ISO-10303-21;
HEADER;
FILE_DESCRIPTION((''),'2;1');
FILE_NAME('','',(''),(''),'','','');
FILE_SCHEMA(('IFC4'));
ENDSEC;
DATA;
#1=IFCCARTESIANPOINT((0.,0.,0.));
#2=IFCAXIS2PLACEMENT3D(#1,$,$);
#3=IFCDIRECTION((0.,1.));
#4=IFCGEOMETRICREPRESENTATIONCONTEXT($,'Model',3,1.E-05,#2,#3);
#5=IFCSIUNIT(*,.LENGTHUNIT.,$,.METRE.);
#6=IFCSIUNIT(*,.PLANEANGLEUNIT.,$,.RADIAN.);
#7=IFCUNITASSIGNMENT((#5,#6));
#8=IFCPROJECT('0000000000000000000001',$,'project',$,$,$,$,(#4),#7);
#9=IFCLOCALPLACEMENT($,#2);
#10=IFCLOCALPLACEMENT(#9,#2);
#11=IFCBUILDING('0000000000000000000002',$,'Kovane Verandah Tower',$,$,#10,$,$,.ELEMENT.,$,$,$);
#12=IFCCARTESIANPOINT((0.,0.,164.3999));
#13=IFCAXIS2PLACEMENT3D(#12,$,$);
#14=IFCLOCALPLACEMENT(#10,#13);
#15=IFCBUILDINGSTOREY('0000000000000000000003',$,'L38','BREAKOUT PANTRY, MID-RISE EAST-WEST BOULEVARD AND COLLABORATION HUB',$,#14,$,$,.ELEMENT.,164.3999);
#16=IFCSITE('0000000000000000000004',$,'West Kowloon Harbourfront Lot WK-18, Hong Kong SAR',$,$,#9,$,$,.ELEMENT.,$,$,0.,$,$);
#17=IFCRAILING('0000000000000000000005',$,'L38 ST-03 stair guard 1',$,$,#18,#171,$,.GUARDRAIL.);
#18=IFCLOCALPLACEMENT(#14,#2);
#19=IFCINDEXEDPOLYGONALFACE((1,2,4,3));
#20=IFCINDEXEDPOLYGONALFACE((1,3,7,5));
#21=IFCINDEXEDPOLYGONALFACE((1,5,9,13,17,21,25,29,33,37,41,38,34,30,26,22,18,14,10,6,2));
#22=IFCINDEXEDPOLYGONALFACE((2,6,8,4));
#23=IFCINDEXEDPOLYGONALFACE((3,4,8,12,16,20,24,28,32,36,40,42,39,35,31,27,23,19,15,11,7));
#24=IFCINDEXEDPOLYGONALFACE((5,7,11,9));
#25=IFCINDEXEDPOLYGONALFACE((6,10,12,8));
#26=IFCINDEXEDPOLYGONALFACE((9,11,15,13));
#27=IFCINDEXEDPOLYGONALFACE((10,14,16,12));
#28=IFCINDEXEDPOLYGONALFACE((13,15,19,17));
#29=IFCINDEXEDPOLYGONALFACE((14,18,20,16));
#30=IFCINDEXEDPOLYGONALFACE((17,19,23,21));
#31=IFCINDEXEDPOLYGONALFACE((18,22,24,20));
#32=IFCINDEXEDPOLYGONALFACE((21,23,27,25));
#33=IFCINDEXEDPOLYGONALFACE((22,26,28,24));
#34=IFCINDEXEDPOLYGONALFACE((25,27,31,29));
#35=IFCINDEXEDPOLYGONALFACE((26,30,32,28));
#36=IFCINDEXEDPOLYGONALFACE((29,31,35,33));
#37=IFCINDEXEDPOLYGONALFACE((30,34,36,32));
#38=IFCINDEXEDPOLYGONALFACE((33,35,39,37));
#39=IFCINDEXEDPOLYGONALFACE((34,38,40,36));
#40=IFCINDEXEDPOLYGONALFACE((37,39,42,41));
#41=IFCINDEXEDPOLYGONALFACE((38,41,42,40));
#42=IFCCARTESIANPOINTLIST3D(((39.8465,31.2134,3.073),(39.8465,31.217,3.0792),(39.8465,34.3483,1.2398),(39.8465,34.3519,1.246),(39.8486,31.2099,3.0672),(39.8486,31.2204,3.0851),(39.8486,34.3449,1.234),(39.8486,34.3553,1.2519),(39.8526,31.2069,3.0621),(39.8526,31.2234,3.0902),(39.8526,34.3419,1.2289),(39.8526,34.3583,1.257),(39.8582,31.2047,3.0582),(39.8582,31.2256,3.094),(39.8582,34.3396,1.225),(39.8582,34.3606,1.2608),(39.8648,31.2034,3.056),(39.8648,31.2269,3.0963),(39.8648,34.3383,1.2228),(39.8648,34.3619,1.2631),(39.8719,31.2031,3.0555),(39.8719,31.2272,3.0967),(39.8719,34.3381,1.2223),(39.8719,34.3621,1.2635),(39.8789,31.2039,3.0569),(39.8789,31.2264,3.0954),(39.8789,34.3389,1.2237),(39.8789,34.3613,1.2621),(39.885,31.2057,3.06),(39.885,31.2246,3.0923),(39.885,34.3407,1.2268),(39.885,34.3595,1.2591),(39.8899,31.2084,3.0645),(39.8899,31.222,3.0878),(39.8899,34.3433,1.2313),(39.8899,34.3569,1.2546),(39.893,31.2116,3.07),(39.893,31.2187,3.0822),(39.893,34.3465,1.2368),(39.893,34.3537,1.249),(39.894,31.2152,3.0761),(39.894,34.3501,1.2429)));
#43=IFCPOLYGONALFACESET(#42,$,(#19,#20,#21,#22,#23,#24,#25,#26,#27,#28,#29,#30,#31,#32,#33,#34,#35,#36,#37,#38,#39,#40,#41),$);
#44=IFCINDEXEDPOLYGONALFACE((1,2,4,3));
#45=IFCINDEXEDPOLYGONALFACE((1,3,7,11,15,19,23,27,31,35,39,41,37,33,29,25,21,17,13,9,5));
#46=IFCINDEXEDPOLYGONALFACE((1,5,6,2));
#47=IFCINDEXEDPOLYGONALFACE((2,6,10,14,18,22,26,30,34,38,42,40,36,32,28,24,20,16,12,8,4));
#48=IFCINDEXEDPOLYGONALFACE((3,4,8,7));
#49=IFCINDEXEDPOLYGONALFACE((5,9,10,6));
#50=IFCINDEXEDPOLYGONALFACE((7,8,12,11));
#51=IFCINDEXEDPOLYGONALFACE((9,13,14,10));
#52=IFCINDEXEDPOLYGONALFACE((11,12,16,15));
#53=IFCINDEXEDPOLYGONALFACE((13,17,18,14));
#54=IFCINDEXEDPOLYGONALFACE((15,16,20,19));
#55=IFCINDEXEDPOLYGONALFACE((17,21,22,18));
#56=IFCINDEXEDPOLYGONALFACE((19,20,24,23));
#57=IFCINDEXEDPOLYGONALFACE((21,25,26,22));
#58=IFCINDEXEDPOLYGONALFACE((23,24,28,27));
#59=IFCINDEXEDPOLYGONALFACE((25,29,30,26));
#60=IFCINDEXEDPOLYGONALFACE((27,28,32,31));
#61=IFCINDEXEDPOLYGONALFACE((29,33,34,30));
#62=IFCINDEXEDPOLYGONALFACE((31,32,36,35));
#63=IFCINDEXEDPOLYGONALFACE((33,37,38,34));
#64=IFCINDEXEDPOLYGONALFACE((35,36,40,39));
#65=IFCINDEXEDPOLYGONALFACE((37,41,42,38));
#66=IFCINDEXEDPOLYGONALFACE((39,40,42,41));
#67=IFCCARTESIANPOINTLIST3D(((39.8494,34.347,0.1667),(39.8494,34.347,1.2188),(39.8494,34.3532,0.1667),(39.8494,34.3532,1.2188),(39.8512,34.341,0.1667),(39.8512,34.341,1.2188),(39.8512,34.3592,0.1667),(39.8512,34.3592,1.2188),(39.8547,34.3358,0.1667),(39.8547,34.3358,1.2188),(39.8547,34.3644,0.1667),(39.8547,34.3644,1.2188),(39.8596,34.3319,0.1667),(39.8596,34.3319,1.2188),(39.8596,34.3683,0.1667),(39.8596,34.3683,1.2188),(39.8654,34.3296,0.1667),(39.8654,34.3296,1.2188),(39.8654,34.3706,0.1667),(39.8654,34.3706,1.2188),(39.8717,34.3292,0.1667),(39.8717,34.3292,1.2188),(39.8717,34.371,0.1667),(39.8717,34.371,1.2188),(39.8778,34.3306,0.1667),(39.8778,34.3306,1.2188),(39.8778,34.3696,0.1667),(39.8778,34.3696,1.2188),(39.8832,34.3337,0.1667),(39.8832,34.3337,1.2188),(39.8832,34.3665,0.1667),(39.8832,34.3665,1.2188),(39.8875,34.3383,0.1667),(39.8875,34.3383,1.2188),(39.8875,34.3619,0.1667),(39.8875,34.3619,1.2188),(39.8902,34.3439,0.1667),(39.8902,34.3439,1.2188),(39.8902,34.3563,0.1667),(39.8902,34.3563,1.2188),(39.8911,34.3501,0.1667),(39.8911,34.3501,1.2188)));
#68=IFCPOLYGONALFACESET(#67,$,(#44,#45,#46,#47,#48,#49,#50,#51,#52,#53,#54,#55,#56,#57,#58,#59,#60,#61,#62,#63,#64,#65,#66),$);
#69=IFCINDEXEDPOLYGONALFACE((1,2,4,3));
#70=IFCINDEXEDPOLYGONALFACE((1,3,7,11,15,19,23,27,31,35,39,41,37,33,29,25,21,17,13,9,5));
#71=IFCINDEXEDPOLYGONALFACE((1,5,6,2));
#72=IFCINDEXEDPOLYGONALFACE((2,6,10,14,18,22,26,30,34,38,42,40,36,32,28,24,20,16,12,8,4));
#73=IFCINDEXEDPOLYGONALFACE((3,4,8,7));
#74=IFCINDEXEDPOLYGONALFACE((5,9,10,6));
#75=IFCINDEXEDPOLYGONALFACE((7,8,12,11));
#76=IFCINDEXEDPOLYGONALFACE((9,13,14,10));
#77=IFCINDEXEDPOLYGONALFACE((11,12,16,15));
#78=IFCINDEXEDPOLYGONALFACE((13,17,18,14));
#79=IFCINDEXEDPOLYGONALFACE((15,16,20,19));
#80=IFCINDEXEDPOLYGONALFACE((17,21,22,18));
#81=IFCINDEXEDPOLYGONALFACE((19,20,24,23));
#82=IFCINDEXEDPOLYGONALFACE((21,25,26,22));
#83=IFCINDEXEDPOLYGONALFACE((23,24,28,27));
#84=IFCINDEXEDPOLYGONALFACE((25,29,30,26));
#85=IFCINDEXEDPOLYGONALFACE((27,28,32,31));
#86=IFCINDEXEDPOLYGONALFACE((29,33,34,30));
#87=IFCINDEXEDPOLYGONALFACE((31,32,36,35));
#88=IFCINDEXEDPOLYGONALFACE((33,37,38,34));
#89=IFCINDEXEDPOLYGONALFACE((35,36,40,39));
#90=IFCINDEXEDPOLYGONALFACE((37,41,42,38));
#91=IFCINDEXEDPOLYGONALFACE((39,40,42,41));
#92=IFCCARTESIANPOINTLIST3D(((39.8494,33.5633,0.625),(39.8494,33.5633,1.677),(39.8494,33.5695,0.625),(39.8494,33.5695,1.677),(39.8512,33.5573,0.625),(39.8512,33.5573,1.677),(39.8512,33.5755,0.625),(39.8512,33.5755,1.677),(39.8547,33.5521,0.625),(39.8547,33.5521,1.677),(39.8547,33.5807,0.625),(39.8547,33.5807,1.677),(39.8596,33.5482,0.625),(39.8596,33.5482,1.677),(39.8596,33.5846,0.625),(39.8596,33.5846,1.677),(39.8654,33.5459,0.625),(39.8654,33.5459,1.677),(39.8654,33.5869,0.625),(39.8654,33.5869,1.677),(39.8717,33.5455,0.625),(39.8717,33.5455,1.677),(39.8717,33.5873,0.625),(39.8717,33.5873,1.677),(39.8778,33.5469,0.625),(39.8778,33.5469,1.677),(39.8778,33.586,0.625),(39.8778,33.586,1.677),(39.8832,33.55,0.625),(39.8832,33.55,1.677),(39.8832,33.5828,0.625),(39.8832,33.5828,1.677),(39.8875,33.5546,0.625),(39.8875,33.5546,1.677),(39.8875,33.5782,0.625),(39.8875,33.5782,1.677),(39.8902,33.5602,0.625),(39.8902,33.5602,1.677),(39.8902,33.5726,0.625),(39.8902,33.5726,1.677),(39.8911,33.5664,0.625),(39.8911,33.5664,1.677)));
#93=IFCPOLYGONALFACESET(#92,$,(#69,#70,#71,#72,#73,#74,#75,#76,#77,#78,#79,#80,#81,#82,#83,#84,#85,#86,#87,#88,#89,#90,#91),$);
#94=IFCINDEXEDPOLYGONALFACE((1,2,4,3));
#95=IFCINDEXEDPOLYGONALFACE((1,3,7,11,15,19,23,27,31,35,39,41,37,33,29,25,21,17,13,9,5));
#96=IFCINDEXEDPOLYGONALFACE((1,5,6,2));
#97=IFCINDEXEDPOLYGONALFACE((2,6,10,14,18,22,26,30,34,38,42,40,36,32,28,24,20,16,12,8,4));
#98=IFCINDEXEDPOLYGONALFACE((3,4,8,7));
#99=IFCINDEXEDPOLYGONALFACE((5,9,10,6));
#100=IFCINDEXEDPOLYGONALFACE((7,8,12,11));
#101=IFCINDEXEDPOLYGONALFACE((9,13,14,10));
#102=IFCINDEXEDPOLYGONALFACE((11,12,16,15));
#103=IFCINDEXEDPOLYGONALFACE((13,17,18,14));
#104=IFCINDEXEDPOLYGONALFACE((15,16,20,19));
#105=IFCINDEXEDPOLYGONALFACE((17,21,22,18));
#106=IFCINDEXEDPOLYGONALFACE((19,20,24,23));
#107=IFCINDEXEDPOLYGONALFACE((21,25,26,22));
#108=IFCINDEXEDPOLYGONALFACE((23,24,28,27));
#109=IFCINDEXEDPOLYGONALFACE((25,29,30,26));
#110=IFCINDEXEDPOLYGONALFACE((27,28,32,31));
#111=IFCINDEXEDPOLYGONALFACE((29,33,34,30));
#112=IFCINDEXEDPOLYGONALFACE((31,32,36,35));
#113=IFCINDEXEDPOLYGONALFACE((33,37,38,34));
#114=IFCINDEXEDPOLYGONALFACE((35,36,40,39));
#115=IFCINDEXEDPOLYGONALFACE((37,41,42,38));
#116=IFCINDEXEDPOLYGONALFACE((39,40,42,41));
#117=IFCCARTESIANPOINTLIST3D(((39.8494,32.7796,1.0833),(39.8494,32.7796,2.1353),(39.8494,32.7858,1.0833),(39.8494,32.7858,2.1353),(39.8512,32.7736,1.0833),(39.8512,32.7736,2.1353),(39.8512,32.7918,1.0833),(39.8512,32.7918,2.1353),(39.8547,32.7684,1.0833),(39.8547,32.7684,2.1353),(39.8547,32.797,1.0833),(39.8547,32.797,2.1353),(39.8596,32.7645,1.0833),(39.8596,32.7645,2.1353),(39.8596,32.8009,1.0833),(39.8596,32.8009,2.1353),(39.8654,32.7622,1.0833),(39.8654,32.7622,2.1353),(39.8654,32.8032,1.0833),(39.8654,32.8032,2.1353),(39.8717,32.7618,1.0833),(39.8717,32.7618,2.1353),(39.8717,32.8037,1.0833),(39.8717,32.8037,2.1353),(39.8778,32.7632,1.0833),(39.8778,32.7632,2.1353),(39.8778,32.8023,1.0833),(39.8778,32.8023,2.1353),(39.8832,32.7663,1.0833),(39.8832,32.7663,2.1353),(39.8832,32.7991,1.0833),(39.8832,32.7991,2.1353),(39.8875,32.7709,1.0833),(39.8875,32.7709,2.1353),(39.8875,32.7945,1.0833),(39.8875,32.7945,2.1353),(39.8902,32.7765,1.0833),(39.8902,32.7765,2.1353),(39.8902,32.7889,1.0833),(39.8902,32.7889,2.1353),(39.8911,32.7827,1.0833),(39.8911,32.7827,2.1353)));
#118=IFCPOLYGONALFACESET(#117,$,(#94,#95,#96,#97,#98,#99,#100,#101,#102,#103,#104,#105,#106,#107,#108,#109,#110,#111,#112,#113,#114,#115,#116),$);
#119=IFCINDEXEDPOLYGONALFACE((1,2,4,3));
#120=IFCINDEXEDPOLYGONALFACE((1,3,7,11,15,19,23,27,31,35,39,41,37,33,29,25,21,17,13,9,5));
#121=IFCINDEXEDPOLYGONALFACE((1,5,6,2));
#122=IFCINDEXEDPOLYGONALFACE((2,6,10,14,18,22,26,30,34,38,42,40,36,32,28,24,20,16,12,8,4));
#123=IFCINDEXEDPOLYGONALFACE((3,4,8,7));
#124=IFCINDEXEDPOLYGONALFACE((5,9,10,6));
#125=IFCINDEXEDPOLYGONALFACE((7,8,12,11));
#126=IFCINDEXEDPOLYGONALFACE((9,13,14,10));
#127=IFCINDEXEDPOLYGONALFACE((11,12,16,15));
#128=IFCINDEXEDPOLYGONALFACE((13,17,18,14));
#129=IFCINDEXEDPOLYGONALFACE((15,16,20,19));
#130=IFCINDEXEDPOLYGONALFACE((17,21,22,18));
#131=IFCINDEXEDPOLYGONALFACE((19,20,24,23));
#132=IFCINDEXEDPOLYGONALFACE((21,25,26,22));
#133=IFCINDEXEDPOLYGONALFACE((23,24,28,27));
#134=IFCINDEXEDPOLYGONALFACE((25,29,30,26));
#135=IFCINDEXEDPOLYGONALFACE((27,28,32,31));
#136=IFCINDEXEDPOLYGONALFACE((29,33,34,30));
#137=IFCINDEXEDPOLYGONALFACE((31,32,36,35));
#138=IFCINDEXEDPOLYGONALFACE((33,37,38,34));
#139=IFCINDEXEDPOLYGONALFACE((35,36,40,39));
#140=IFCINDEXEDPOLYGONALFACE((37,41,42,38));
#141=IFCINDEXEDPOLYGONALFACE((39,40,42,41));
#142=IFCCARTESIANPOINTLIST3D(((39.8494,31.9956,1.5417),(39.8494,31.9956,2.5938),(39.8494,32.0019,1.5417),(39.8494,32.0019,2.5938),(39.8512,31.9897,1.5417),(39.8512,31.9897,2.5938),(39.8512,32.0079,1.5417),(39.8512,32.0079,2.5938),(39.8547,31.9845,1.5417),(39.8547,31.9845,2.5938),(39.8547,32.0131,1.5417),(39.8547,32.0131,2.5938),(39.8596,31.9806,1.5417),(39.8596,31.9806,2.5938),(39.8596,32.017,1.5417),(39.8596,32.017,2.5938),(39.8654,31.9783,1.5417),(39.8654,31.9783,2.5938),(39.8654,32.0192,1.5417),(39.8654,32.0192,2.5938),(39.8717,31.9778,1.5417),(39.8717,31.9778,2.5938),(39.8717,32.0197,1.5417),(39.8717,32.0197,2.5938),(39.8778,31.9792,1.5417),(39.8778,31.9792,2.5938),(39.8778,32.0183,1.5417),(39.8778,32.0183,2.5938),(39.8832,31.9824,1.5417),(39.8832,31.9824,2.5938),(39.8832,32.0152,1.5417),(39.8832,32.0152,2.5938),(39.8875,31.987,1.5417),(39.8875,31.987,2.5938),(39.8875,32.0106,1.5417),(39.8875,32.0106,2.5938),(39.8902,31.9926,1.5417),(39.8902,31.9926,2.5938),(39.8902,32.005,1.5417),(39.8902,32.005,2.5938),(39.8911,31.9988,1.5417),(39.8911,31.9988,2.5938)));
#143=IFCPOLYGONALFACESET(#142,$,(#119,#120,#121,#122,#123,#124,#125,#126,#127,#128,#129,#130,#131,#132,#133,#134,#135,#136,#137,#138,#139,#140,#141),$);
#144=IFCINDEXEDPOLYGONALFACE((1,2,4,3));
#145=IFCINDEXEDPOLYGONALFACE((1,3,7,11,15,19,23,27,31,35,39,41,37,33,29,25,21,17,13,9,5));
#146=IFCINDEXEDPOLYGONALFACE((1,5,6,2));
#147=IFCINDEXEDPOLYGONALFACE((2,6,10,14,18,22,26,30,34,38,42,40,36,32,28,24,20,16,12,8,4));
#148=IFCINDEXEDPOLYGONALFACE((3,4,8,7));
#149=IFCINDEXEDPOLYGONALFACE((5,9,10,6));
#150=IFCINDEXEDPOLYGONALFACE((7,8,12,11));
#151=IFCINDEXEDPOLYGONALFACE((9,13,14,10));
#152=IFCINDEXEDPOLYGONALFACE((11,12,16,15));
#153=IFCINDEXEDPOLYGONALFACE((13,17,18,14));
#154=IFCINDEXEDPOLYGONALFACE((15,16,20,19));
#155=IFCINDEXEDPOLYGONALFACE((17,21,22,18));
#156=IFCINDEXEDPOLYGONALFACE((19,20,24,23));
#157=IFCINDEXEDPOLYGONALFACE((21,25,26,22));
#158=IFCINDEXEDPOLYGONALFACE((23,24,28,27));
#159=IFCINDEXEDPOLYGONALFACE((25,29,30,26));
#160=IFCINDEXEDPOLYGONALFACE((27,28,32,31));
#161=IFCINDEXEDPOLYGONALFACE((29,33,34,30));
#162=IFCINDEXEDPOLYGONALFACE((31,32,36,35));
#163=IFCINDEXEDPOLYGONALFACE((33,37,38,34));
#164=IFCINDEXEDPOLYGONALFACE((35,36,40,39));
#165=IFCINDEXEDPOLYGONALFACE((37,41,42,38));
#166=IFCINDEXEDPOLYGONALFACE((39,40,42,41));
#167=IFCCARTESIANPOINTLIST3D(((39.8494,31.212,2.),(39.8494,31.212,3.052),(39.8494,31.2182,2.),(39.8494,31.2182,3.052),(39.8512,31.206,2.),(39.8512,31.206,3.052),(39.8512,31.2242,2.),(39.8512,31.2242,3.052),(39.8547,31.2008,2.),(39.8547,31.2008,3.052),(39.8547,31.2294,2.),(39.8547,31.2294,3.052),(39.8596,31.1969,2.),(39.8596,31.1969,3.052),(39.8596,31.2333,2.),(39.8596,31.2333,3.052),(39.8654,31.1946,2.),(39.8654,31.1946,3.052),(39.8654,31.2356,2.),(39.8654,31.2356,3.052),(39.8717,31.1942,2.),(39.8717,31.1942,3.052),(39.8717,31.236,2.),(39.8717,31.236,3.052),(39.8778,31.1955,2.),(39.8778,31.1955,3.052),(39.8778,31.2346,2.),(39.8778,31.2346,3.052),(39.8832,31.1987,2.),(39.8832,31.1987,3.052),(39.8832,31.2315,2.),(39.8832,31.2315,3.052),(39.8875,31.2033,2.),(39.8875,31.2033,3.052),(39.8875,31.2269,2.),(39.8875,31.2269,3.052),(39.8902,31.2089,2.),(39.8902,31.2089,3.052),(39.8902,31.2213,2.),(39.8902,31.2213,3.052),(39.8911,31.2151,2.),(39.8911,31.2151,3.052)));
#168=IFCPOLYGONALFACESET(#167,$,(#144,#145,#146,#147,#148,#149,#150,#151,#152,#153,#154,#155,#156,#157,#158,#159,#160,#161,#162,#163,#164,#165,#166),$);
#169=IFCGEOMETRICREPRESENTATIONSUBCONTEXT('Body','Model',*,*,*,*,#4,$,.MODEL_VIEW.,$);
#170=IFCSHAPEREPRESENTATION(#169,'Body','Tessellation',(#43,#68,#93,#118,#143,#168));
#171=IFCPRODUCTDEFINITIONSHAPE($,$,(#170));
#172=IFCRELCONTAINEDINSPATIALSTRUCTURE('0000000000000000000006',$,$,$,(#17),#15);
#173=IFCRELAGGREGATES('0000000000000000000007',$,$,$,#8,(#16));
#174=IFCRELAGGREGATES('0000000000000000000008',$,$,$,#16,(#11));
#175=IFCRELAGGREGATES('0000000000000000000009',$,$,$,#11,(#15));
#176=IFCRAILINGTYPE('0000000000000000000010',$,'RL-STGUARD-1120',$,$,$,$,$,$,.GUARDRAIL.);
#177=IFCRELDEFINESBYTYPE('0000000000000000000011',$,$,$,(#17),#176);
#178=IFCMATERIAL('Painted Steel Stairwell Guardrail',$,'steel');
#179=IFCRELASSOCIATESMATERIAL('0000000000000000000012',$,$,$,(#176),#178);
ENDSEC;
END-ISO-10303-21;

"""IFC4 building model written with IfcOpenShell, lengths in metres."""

from ifc_helpers import new_model, si_unit, direction, frame, origin, origin_2d, place, context, subcontext, project, spatial, circle, extrude, material, type_object, element, save


model = new_model("IFC4")

# Units and contexts
model_context = context("Model", 3, precision=1e-05, world=origin(), true_north=direction((0.0, 1.0)))
body_context = subcontext(model_context, "Body", "Model", "MODEL_VIEW")
ifc_project = project(units=[si_unit("LENGTHUNIT", "METRE"), si_unit("PLANEANGLEUNIT", "RADIAN")], contexts=[model_context])

# Site, building, storey
site_placement = place(None, origin())
site = spatial("IfcSite", under=ifc_project, at=site_placement, Name="West Kowloon Harbourfront Lot WK-18, Hong Kong SAR", CompositionType="ELEMENT", RefElevation=0.0)
building_placement = place(site_placement, origin())
building = spatial("IfcBuilding", under=site, at=building_placement, Name="Kovane Verandah Tower", CompositionType="ELEMENT")
storey_placement = place(building_placement, frame((0.0, 0.0, 164.3999)))
storey = spatial("IfcBuildingStorey", under=building, at=storey_placement, Name="L38", Description="BREAKOUT PANTRY, MID-RISE EAST-WEST BOULEVARD AND COLLABORATION HUB", CompositionType="ELEMENT", Elevation=164.3999)

# Railing
ifc_material_1 = material(Name="Painted Steel Stairwell Guardrail", Category="steel")
railing_type_1 = type_object("IfcRailingType", Name="RL-STGUARD-1120", PredefinedType="GUARDRAIL", material=ifc_material_1)
railing_1_placement = place(storey_placement, frame((39.8701, 34.3501, 0.1667)))
element("IfcRailing", 1, at=railing_1_placement, inside=storey, type_object=railing_type_1, Name="L38 ST-03 stair guard 1", PredefinedType="GUARDRAIL", context=body_context, shape_type="SweptSolid", body=[
    extrude(circle(Radius=0.0239, at=origin_2d()), frame((0.0, 0.0, 1.0762), z_axis=(0.0, -0.86324, 0.504794), x_axis=(1.0, 0.0, 0.0)), (0.0, 0.0, 1.0), 3.6316),
    extrude(circle(Radius=0.021, at=origin_2d()), origin(), (0.0, 0.0, 1.0), 1.052),
    extrude(circle(Radius=0.021, at=origin_2d()), frame((0.0, -0.7837, 0.4583)), (0.0, 0.0, 1.0), 1.052),
    extrude(circle(Radius=0.021, at=origin_2d()), frame((0.0, -1.5674, 0.9165)), (0.0, 0.0, 1.0), 1.052),
    extrude(circle(Radius=0.021, at=origin_2d()), frame((0.0, -2.3513, 1.375)), (0.0, 0.0, 1.0), 1.052),
    extrude(circle(Radius=0.021, at=origin_2d()), frame((0.0, -3.135, 1.8333)), (0.0, 0.0, 1.0), 1.052),
])

save(model, "model.ifc")
